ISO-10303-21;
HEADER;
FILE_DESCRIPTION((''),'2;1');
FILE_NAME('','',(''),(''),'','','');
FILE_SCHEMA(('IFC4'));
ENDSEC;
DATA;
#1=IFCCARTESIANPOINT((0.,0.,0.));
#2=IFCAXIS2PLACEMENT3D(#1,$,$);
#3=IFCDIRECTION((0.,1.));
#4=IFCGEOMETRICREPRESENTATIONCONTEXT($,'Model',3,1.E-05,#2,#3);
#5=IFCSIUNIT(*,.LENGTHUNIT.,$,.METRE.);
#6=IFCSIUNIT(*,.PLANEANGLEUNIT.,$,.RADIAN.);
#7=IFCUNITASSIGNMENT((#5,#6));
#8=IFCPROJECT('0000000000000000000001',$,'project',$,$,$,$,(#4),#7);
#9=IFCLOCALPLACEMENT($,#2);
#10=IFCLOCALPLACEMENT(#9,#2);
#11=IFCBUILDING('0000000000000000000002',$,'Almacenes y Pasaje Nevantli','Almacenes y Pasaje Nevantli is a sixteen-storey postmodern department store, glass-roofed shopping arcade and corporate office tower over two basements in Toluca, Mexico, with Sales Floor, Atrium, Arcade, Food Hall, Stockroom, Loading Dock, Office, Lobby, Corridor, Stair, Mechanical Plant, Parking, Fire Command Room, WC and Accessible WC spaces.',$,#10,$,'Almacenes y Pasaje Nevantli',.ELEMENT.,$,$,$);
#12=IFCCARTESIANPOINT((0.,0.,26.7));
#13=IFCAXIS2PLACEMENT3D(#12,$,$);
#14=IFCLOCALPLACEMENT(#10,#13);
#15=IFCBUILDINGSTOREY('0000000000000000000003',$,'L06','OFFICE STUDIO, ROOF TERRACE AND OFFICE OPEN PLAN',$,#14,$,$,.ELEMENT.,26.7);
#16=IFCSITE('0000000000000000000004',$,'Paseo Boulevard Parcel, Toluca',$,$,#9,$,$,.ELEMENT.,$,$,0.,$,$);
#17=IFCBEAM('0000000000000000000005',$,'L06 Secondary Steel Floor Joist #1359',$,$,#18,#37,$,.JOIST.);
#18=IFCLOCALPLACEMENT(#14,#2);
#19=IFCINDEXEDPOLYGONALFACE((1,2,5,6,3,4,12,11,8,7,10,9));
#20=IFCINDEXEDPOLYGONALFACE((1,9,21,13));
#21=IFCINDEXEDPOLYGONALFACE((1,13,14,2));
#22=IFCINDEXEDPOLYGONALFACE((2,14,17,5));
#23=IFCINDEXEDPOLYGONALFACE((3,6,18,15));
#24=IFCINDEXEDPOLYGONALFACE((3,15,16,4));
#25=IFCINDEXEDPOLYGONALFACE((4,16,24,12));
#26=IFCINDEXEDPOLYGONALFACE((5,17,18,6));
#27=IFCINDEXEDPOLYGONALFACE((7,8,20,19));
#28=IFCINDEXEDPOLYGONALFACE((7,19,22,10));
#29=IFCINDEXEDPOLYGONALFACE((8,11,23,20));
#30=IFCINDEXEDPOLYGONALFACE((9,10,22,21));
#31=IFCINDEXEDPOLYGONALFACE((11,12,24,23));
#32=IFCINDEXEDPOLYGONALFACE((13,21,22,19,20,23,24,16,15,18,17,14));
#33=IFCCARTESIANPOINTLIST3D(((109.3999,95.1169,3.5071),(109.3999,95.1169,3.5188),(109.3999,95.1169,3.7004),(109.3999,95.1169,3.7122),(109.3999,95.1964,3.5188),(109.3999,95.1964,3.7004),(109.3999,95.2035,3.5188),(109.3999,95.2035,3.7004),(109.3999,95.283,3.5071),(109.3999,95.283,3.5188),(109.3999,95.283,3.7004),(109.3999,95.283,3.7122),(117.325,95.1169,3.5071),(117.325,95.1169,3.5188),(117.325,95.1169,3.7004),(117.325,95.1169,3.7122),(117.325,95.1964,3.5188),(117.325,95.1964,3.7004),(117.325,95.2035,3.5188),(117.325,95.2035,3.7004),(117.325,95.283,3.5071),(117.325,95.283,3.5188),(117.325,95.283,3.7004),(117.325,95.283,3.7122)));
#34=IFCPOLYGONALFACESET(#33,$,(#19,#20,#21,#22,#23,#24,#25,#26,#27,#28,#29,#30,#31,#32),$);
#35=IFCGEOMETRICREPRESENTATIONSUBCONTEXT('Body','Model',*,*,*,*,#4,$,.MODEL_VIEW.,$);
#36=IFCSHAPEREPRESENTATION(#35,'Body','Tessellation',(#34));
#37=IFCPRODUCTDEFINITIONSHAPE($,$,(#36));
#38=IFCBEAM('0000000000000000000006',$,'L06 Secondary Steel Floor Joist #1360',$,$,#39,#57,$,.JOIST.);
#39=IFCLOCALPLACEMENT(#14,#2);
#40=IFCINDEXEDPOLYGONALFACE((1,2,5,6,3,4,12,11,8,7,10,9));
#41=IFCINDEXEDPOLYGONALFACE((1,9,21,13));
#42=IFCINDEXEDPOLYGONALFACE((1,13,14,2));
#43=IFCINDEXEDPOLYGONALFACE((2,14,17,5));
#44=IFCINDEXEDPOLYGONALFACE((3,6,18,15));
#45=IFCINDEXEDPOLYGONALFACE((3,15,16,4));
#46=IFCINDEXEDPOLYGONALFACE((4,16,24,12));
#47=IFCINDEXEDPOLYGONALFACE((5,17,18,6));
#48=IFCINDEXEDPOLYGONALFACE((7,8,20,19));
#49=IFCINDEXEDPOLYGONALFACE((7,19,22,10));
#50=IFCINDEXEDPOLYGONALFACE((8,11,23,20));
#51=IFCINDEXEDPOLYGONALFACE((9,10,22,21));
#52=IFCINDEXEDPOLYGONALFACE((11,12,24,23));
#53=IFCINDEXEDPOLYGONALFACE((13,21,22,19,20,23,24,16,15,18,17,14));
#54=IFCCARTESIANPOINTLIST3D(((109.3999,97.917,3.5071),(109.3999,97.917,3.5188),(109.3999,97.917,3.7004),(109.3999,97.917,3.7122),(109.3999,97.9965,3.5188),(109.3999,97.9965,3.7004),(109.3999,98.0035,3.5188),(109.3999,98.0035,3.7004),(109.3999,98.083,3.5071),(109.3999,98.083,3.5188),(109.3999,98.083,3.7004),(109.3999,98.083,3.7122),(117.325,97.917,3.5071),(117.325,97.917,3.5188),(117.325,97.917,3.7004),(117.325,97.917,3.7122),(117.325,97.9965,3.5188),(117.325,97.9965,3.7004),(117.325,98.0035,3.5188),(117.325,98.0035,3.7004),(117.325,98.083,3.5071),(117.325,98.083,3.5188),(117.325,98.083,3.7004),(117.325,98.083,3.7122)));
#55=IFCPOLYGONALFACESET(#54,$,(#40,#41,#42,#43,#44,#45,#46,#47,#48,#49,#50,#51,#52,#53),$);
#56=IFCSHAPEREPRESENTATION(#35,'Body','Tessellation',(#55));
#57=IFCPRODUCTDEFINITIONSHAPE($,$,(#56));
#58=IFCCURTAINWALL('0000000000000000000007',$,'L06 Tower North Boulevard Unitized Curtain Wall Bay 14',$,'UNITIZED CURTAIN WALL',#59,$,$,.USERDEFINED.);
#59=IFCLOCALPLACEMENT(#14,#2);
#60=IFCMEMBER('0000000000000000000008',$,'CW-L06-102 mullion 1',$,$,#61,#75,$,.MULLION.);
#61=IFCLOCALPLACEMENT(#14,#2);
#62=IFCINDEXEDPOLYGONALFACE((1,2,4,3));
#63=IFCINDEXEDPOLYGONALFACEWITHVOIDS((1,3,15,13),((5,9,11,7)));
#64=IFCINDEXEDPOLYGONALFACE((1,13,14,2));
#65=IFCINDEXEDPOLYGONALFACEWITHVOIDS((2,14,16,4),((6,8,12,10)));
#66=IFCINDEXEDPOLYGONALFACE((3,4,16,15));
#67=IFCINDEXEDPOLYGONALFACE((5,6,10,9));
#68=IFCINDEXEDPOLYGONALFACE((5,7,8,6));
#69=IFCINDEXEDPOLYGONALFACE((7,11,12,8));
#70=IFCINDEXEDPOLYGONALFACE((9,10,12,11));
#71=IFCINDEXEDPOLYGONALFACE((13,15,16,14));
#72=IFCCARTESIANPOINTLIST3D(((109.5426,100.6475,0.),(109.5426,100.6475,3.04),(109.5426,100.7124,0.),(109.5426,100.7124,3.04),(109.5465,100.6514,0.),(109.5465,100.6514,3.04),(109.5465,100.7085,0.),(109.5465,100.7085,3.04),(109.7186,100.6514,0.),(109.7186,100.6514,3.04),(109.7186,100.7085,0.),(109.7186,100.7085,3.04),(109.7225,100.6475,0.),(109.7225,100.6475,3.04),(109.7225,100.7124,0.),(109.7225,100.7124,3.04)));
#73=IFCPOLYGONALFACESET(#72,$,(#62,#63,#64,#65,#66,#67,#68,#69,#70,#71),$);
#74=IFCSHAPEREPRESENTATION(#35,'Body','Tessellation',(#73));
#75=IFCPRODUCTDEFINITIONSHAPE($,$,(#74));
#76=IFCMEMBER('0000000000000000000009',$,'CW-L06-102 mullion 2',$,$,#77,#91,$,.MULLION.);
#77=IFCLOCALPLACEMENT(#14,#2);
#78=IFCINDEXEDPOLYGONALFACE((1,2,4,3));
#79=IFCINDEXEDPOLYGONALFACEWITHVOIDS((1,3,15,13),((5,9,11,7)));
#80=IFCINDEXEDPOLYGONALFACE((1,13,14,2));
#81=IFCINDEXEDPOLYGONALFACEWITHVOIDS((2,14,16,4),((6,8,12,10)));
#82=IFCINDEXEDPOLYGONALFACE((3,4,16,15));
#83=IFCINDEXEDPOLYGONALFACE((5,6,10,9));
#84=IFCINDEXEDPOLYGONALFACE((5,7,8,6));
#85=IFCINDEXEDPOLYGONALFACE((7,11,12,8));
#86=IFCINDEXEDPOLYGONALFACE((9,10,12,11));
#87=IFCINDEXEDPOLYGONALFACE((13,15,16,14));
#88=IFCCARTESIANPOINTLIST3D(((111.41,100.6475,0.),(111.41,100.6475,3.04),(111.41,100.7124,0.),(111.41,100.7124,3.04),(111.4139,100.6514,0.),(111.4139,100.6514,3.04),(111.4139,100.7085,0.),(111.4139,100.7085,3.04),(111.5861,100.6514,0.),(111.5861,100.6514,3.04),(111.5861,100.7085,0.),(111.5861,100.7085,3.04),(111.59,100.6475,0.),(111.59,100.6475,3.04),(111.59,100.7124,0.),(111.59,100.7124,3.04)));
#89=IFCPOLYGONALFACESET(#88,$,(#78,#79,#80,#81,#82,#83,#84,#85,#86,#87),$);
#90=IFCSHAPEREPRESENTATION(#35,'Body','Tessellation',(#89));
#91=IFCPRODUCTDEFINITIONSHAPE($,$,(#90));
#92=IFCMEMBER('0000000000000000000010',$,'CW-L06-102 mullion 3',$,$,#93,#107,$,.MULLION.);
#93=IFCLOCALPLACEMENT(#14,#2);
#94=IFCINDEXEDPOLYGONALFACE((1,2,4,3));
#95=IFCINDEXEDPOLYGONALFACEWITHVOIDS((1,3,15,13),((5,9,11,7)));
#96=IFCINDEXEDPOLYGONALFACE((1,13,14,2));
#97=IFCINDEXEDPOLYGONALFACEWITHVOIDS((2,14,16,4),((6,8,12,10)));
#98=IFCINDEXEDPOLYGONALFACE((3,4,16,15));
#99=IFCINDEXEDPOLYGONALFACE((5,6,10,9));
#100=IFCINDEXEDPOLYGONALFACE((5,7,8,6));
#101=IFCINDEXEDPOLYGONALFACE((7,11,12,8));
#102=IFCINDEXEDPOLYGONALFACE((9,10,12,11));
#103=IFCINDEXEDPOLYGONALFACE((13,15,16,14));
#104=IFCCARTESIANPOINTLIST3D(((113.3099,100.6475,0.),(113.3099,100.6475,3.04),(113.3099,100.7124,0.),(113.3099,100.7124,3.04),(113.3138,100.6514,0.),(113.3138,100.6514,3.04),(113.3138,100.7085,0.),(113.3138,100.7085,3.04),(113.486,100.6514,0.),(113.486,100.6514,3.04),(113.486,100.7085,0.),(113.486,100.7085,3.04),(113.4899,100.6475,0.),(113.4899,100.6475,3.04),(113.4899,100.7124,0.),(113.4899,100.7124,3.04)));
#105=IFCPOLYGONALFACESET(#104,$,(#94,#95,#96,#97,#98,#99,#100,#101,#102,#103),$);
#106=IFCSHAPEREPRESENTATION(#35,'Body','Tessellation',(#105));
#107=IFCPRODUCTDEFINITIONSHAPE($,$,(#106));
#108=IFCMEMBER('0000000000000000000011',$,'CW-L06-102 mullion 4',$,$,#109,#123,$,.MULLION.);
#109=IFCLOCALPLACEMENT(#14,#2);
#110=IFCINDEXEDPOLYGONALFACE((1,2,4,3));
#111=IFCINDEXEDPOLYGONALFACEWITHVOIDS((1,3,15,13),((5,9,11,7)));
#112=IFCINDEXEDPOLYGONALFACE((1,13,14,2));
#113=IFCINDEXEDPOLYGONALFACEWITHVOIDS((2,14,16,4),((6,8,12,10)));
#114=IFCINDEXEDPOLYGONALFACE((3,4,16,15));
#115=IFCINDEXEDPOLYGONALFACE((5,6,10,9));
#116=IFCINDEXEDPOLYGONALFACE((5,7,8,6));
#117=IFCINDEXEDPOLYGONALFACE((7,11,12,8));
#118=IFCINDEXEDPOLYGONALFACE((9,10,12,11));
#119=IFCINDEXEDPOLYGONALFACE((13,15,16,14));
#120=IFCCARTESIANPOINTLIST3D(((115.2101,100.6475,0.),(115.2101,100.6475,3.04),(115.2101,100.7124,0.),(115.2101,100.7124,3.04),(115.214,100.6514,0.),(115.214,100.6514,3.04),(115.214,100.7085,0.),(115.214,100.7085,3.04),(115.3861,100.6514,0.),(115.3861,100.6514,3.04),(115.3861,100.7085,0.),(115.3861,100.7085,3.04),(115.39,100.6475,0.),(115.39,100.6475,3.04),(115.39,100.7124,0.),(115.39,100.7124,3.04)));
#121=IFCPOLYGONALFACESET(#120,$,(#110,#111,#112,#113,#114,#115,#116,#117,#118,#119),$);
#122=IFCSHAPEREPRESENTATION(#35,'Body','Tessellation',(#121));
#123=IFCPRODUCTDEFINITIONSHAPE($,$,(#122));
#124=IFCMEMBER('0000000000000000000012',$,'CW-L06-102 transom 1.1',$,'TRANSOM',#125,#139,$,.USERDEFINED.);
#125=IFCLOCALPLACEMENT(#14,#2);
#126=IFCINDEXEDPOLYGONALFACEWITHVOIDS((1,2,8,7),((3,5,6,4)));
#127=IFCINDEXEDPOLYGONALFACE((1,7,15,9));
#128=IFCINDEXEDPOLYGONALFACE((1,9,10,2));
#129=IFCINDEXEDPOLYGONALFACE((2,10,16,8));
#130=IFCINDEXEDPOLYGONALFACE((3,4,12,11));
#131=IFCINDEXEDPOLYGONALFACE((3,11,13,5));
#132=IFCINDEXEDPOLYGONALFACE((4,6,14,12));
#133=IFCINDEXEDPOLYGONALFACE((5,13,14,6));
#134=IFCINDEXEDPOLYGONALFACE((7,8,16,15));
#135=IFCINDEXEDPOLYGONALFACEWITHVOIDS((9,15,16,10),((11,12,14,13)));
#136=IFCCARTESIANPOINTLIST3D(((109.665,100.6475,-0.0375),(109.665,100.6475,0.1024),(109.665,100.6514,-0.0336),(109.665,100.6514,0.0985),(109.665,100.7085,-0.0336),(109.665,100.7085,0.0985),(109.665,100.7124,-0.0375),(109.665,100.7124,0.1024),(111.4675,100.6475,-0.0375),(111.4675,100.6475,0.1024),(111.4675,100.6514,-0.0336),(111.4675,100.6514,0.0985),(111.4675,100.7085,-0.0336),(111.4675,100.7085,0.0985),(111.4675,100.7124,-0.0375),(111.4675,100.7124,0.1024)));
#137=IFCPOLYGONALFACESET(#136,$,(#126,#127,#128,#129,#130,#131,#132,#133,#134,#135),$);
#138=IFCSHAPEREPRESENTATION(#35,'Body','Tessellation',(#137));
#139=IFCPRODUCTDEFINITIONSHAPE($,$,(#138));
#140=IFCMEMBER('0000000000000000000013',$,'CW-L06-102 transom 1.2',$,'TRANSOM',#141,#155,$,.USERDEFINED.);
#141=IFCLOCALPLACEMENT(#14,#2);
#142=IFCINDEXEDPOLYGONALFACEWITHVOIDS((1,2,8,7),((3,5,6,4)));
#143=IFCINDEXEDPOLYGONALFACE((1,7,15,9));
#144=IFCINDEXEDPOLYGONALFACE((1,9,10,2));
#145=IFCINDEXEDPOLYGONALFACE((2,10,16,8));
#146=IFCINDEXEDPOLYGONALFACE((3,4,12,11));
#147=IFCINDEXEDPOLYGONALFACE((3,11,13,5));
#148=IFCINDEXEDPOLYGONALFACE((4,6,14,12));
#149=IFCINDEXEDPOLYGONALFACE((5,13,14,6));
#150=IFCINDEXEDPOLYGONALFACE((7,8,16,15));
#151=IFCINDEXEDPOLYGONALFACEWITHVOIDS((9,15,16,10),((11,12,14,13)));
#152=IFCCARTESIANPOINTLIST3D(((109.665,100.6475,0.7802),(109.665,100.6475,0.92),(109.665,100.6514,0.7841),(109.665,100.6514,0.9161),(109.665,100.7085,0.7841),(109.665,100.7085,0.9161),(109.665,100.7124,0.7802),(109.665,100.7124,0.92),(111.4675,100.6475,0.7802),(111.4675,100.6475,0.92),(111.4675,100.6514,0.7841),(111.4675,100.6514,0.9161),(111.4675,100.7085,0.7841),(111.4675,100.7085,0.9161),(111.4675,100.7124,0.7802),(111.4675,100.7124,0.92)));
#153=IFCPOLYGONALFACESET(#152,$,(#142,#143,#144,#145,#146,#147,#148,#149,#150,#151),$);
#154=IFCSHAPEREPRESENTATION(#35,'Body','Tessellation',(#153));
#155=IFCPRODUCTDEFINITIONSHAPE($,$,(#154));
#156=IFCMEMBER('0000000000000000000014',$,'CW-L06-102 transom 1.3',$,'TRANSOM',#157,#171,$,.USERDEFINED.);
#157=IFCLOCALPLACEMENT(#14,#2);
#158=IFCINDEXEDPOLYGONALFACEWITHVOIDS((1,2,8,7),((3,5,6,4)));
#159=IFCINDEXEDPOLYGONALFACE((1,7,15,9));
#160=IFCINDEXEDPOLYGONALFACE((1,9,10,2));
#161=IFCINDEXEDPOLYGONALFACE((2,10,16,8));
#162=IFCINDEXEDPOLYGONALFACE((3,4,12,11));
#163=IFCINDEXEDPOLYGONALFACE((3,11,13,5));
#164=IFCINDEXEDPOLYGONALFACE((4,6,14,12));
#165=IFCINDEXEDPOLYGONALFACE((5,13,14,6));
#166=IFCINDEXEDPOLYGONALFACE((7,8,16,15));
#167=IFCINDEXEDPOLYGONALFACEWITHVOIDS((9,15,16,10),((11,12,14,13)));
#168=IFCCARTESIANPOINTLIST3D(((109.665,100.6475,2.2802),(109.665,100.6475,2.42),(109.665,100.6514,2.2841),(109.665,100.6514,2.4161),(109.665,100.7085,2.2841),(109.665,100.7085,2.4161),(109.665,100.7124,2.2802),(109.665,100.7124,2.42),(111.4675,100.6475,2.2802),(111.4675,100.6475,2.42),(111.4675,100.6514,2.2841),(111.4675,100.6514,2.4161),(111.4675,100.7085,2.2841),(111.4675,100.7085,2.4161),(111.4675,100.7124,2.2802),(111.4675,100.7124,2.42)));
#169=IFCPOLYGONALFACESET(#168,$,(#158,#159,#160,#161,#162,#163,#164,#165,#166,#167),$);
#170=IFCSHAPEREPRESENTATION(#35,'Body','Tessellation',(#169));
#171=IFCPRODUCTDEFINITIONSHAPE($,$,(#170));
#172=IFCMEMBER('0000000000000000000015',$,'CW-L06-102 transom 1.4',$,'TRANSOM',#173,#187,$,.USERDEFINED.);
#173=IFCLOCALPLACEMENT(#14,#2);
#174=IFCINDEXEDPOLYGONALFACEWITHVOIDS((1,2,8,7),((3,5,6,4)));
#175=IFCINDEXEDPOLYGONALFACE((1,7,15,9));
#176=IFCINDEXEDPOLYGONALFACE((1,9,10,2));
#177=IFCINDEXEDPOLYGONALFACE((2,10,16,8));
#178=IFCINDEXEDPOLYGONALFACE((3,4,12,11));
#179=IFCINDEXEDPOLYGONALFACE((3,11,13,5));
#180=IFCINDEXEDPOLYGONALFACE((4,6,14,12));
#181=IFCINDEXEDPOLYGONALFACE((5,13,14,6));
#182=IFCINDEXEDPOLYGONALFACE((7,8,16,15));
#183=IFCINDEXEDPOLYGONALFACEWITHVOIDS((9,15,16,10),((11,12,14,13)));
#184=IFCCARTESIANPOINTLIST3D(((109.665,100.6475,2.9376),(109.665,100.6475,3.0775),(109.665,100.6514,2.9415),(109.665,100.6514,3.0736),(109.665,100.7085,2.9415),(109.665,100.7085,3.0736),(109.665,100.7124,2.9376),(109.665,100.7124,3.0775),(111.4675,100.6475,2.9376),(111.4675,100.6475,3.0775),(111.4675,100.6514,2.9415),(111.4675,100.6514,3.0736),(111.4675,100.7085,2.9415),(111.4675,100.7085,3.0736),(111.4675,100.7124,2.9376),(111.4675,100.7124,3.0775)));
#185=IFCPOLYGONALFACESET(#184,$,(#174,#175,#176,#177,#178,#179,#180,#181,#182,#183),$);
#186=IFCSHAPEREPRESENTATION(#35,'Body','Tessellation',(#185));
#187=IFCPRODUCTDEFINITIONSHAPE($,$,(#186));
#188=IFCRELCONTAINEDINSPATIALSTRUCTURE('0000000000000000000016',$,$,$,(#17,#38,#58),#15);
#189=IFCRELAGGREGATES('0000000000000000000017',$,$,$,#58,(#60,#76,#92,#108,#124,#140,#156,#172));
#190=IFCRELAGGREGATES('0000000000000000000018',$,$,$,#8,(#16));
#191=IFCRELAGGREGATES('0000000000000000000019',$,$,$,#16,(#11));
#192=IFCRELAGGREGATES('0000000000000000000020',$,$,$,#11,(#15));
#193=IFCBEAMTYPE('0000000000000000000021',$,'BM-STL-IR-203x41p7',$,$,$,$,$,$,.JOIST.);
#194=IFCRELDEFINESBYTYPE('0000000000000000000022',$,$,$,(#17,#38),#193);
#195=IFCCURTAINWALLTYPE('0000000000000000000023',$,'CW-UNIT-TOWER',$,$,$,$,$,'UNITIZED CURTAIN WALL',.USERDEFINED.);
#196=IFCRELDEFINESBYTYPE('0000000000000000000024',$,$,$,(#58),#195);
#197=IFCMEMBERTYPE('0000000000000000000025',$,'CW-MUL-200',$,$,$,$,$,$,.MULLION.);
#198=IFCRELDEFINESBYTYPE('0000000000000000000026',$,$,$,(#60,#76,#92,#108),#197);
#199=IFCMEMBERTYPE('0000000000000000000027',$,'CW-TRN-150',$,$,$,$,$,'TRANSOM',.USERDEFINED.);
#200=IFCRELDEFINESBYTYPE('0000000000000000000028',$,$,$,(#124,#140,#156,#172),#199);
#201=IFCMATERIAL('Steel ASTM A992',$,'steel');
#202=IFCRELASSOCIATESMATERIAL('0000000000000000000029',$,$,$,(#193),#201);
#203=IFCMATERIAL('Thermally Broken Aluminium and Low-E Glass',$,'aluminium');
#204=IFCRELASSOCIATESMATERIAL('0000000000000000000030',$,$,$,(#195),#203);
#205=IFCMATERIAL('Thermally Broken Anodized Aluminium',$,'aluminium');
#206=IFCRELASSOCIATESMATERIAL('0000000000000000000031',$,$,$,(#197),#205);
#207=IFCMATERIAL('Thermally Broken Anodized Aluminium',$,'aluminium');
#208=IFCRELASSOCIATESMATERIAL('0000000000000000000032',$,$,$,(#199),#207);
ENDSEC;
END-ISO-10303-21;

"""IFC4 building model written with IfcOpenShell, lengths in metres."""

from ifc_helpers import new_model, si_unit, direction, frame, origin, origin_2d, place, context, subcontext, project, spatial, hollow_rectangle, i_section, extrude, material, material_profile, profile_set, type_object, element, aggregate, save


model = new_model("IFC4")

# Units and contexts
model_context = context("Model", 3, precision=1e-05, world=origin(), true_north=direction((0.0, 1.0)))
body_context = subcontext(model_context, "Body", "Model", "MODEL_VIEW")
ifc_project = project(units=[si_unit("LENGTHUNIT", "METRE"), si_unit("PLANEANGLEUNIT", "RADIAN")], contexts=[model_context])

# Site, building, storey
site_placement = place(None, origin())
site = spatial("IfcSite", under=ifc_project, at=site_placement, Name="Paseo Boulevard Parcel, Toluca", CompositionType="ELEMENT", RefElevation=0.0)
building_placement = place(site_placement, origin())
building = spatial("IfcBuilding", under=site, at=building_placement, Name="Almacenes y Pasaje Nevantli", Description="Almacenes y Pasaje Nevantli is a sixteen-storey postmodern department store, glass-roofed shopping arcade and corporate office tower over two basements in Toluca, Mexico, with Sales Floor, Atrium, Arcade, Food Hall, Stockroom, Loading Dock, Office, Lobby, Corridor, Stair, Mechanical Plant, Parking, Fire Command Room, WC and Accessible WC spaces.", LongName="Almacenes y Pasaje Nevantli", CompositionType="ELEMENT")
storey_placement = place(building_placement, frame((0.0, 0.0, 26.7)))
storey = spatial("IfcBuildingStorey", under=building, at=storey_placement, Name="L06", Description="OFFICE STUDIO, ROOF TERRACE AND OFFICE OPEN PLAN", CompositionType="ELEMENT", Elevation=26.7)

# Beams
ifc_material_1 = material(Name="Steel ASTM A992", Category="steel")
ifc_material_profile_1 = material_profile(ifc_material_1, i_section(OverallWidth=0.166, OverallDepth=0.2051, WebThickness=0.0071, FlangeThickness=0.0117, at=origin_2d()), Name="IR 203x41.7")
ifc_profile_set_1 = profile_set([ifc_material_profile_1], Name="Steel ASTM A992")
beam_type = type_object("IfcBeamType", Name="BM-STL-IR-203x41p7", PredefinedType="JOIST", material=ifc_profile_set_1)
for number, where, z_axis, x_axis, name in (
    (1, (109.3999, 95.2, 3.6096), (1.0, 0.0, 0.0), (0.0, 1.0, 0.0), "L06 Secondary Steel Floor Joist #1359"),
    (2, (109.3999, 98.0, 3.6096), (1.0, 0.0, 0.0), (0.0, 1.0, 0.0), "L06 Secondary Steel Floor Joist #1360"),
):
    element("IfcBeam", number, at=place(storey_placement, frame(where, z_axis=z_axis, x_axis=x_axis)), inside=storey, type_object=beam_type, Name=name, PredefinedType="JOIST", context=body_context, shape_type="SweptSolid", body=[
        extrude(i_section(OverallWidth=0.166, OverallDepth=0.2051, WebThickness=0.0071, FlangeThickness=0.0117, at=origin_2d()), origin(), (0.0, 0.0, 1.0), 7.925),
    ])

# Curtain wall, members
ifc_material_2 = material(Name="Thermally Broken Aluminium and Low-E Glass", Category="aluminium")
curtain_wall_type = type_object("IfcCurtainWallType", Name="CW-UNIT-TOWER", ElementType="UNITIZED CURTAIN WALL", PredefinedType="USERDEFINED", material=ifc_material_2)
curtain_wall_placement = place(storey_placement, origin())
curtain_wall = element("IfcCurtainWall", 3, at=curtain_wall_placement, inside=storey, type_object=curtain_wall_type, Name="L06 Tower North Boulevard Unitized Curtain Wall Bay 14", ObjectType="UNITIZED CURTAIN WALL", PredefinedType="USERDEFINED")
ifc_material_3 = material(Name="Thermally Broken Anodized Aluminium", Category="aluminium")
ifc_material_profile_2 = material_profile(ifc_material_3, hollow_rectangle(XDim=0.0649, YDim=0.1799, WallThickness=0.0039, at=origin_2d()), Name="ALU-MUL-65x180")
ifc_profile_set_2 = profile_set([ifc_material_profile_2], Name="Thermally Broken Anodized Aluminium")
member_type_1 = type_object("IfcMemberType", Name="CW-MUL-200", PredefinedType="MULLION", material=ifc_profile_set_2)
member_1_placement = place(storey_placement, frame((109.6326, 100.6799, 0.0), z_axis=(0.0, 0.0, 1.0), x_axis=(0.0, 1.0, 0.0)))
member_1 = element("IfcMember", 4, at=member_1_placement, type_object=member_type_1, Name="CW-L06-102 mullion 1", PredefinedType="MULLION", context=body_context, shape_type="SweptSolid", body=[
    extrude(hollow_rectangle(XDim=0.0649, YDim=0.1799, WallThickness=0.0039, at=origin_2d()), origin(), (0.0, 0.0, 1.0), 3.04),
])
member_2_placement = place(storey_placement, frame((111.5, 100.6799, 0.0), z_axis=(0.0, 0.0, 1.0), x_axis=(0.0, 1.0, 0.0)))
member_2 = element("IfcMember", 5, at=member_2_placement, type_object=member_type_1, Name="CW-L06-102 mullion 2", PredefinedType="MULLION", context=body_context, shape_type="SweptSolid", body=[
    extrude(hollow_rectangle(XDim=0.0649, YDim=0.1799, WallThickness=0.0039, at=origin_2d()), origin(), (0.0, 0.0, 1.0), 3.04),
])
member_3_placement = place(storey_placement, frame((113.3999, 100.6799, 0.0), z_axis=(0.0, 0.0, 1.0), x_axis=(0.0, 1.0, 0.0)))
member_3 = element("IfcMember", 6, at=member_3_placement, type_object=member_type_1, Name="CW-L06-102 mullion 3", PredefinedType="MULLION", context=body_context, shape_type="SweptSolid", body=[
    extrude(hollow_rectangle(XDim=0.0649, YDim=0.1799, WallThickness=0.0039, at=origin_2d()), origin(), (0.0, 0.0, 1.0), 3.04),
])
member_4_placement = place(storey_placement, frame((115.3, 100.6799, 0.0), z_axis=(0.0, 0.0, 1.0), x_axis=(0.0, 1.0, 0.0)))
member_4 = element("IfcMember", 7, at=member_4_placement, type_object=member_type_1, Name="CW-L06-102 mullion 4", PredefinedType="MULLION", context=body_context, shape_type="SweptSolid", body=[
    extrude(hollow_rectangle(XDim=0.0649, YDim=0.1799, WallThickness=0.0039, at=origin_2d()), origin(), (0.0, 0.0, 1.0), 3.04),
])
ifc_material_4 = material(Name="Thermally Broken Anodized Aluminium", Category="aluminium")
ifc_material_profile_3 = material_profile(ifc_material_4, hollow_rectangle(XDim=0.0649, YDim=0.1399, WallThickness=0.0039, at=origin_2d()), Name="ALU-TRN-65x140")
ifc_profile_set_3 = profile_set([ifc_material_profile_3], Name="Thermally Broken Anodized Aluminium")
member_type_2 = type_object("IfcMemberType", Name="CW-TRN-150", ElementType="TRANSOM", PredefinedType="USERDEFINED", material=ifc_profile_set_3)
member_5_placement = place(storey_placement, frame((109.665, 100.6799, 0.0325), z_axis=(1.0, 0.0, 0.0), x_axis=(0.0, 1.0, 0.0)))
member_5 = element("IfcMember", 8, at=member_5_placement, type_object=member_type_2, Name="CW-L06-102 transom 1.1", ObjectType="TRANSOM", PredefinedType="USERDEFINED", context=body_context, shape_type="SweptSolid", body=[
    extrude(hollow_rectangle(XDim=0.0649, YDim=0.1399, WallThickness=0.0039, at=origin_2d()), origin(), (0.0, 0.0, 1.0), 1.8025),
])
member_6_placement = place(storey_placement, frame((109.665, 100.6799, 0.8501), z_axis=(1.0, 0.0, 0.0), x_axis=(0.0, 1.0, 0.0)))
member_6 = element("IfcMember", 9, at=member_6_placement, type_object=member_type_2, Name="CW-L06-102 transom 1.2", ObjectType="TRANSOM", PredefinedType="USERDEFINED", context=body_context, shape_type="SweptSolid", body=[
    extrude(hollow_rectangle(XDim=0.0649, YDim=0.1399, WallThickness=0.0039, at=origin_2d()), origin(), (0.0, 0.0, 1.0), 1.8025),
])
member_7_placement = place(storey_placement, frame((109.665, 100.6799, 2.3501), z_axis=(1.0, 0.0, 0.0), x_axis=(0.0, 1.0, 0.0)))
member_7 = element("IfcMember", 10, at=member_7_placement, type_object=member_type_2, Name="CW-L06-102 transom 1.3", ObjectType="TRANSOM", PredefinedType="USERDEFINED", context=body_context, shape_type="SweptSolid", body=[
    extrude(hollow_rectangle(XDim=0.0649, YDim=0.1399, WallThickness=0.0039, at=origin_2d()), origin(), (0.0, 0.0, 1.0), 1.8025),
])
member_8_placement = place(storey_placement, frame((109.665, 100.6799, 3.0076), z_axis=(1.0, 0.0, 0.0), x_axis=(0.0, 1.0, 0.0)))
member_8 = element("IfcMember", 11, at=member_8_placement, type_object=member_type_2, Name="CW-L06-102 transom 1.4", ObjectType="TRANSOM", PredefinedType="USERDEFINED", context=body_context, shape_type="SweptSolid", body=[
    extrude(hollow_rectangle(XDim=0.0649, YDim=0.1399, WallThickness=0.0039, at=origin_2d()), origin(), (0.0, 0.0, 1.0), 1.8025),
])
aggregate(curtain_wall, [member_1, member_2, member_3, member_4, member_5, member_6, member_7, member_8])

save(model, "model.ifc")
